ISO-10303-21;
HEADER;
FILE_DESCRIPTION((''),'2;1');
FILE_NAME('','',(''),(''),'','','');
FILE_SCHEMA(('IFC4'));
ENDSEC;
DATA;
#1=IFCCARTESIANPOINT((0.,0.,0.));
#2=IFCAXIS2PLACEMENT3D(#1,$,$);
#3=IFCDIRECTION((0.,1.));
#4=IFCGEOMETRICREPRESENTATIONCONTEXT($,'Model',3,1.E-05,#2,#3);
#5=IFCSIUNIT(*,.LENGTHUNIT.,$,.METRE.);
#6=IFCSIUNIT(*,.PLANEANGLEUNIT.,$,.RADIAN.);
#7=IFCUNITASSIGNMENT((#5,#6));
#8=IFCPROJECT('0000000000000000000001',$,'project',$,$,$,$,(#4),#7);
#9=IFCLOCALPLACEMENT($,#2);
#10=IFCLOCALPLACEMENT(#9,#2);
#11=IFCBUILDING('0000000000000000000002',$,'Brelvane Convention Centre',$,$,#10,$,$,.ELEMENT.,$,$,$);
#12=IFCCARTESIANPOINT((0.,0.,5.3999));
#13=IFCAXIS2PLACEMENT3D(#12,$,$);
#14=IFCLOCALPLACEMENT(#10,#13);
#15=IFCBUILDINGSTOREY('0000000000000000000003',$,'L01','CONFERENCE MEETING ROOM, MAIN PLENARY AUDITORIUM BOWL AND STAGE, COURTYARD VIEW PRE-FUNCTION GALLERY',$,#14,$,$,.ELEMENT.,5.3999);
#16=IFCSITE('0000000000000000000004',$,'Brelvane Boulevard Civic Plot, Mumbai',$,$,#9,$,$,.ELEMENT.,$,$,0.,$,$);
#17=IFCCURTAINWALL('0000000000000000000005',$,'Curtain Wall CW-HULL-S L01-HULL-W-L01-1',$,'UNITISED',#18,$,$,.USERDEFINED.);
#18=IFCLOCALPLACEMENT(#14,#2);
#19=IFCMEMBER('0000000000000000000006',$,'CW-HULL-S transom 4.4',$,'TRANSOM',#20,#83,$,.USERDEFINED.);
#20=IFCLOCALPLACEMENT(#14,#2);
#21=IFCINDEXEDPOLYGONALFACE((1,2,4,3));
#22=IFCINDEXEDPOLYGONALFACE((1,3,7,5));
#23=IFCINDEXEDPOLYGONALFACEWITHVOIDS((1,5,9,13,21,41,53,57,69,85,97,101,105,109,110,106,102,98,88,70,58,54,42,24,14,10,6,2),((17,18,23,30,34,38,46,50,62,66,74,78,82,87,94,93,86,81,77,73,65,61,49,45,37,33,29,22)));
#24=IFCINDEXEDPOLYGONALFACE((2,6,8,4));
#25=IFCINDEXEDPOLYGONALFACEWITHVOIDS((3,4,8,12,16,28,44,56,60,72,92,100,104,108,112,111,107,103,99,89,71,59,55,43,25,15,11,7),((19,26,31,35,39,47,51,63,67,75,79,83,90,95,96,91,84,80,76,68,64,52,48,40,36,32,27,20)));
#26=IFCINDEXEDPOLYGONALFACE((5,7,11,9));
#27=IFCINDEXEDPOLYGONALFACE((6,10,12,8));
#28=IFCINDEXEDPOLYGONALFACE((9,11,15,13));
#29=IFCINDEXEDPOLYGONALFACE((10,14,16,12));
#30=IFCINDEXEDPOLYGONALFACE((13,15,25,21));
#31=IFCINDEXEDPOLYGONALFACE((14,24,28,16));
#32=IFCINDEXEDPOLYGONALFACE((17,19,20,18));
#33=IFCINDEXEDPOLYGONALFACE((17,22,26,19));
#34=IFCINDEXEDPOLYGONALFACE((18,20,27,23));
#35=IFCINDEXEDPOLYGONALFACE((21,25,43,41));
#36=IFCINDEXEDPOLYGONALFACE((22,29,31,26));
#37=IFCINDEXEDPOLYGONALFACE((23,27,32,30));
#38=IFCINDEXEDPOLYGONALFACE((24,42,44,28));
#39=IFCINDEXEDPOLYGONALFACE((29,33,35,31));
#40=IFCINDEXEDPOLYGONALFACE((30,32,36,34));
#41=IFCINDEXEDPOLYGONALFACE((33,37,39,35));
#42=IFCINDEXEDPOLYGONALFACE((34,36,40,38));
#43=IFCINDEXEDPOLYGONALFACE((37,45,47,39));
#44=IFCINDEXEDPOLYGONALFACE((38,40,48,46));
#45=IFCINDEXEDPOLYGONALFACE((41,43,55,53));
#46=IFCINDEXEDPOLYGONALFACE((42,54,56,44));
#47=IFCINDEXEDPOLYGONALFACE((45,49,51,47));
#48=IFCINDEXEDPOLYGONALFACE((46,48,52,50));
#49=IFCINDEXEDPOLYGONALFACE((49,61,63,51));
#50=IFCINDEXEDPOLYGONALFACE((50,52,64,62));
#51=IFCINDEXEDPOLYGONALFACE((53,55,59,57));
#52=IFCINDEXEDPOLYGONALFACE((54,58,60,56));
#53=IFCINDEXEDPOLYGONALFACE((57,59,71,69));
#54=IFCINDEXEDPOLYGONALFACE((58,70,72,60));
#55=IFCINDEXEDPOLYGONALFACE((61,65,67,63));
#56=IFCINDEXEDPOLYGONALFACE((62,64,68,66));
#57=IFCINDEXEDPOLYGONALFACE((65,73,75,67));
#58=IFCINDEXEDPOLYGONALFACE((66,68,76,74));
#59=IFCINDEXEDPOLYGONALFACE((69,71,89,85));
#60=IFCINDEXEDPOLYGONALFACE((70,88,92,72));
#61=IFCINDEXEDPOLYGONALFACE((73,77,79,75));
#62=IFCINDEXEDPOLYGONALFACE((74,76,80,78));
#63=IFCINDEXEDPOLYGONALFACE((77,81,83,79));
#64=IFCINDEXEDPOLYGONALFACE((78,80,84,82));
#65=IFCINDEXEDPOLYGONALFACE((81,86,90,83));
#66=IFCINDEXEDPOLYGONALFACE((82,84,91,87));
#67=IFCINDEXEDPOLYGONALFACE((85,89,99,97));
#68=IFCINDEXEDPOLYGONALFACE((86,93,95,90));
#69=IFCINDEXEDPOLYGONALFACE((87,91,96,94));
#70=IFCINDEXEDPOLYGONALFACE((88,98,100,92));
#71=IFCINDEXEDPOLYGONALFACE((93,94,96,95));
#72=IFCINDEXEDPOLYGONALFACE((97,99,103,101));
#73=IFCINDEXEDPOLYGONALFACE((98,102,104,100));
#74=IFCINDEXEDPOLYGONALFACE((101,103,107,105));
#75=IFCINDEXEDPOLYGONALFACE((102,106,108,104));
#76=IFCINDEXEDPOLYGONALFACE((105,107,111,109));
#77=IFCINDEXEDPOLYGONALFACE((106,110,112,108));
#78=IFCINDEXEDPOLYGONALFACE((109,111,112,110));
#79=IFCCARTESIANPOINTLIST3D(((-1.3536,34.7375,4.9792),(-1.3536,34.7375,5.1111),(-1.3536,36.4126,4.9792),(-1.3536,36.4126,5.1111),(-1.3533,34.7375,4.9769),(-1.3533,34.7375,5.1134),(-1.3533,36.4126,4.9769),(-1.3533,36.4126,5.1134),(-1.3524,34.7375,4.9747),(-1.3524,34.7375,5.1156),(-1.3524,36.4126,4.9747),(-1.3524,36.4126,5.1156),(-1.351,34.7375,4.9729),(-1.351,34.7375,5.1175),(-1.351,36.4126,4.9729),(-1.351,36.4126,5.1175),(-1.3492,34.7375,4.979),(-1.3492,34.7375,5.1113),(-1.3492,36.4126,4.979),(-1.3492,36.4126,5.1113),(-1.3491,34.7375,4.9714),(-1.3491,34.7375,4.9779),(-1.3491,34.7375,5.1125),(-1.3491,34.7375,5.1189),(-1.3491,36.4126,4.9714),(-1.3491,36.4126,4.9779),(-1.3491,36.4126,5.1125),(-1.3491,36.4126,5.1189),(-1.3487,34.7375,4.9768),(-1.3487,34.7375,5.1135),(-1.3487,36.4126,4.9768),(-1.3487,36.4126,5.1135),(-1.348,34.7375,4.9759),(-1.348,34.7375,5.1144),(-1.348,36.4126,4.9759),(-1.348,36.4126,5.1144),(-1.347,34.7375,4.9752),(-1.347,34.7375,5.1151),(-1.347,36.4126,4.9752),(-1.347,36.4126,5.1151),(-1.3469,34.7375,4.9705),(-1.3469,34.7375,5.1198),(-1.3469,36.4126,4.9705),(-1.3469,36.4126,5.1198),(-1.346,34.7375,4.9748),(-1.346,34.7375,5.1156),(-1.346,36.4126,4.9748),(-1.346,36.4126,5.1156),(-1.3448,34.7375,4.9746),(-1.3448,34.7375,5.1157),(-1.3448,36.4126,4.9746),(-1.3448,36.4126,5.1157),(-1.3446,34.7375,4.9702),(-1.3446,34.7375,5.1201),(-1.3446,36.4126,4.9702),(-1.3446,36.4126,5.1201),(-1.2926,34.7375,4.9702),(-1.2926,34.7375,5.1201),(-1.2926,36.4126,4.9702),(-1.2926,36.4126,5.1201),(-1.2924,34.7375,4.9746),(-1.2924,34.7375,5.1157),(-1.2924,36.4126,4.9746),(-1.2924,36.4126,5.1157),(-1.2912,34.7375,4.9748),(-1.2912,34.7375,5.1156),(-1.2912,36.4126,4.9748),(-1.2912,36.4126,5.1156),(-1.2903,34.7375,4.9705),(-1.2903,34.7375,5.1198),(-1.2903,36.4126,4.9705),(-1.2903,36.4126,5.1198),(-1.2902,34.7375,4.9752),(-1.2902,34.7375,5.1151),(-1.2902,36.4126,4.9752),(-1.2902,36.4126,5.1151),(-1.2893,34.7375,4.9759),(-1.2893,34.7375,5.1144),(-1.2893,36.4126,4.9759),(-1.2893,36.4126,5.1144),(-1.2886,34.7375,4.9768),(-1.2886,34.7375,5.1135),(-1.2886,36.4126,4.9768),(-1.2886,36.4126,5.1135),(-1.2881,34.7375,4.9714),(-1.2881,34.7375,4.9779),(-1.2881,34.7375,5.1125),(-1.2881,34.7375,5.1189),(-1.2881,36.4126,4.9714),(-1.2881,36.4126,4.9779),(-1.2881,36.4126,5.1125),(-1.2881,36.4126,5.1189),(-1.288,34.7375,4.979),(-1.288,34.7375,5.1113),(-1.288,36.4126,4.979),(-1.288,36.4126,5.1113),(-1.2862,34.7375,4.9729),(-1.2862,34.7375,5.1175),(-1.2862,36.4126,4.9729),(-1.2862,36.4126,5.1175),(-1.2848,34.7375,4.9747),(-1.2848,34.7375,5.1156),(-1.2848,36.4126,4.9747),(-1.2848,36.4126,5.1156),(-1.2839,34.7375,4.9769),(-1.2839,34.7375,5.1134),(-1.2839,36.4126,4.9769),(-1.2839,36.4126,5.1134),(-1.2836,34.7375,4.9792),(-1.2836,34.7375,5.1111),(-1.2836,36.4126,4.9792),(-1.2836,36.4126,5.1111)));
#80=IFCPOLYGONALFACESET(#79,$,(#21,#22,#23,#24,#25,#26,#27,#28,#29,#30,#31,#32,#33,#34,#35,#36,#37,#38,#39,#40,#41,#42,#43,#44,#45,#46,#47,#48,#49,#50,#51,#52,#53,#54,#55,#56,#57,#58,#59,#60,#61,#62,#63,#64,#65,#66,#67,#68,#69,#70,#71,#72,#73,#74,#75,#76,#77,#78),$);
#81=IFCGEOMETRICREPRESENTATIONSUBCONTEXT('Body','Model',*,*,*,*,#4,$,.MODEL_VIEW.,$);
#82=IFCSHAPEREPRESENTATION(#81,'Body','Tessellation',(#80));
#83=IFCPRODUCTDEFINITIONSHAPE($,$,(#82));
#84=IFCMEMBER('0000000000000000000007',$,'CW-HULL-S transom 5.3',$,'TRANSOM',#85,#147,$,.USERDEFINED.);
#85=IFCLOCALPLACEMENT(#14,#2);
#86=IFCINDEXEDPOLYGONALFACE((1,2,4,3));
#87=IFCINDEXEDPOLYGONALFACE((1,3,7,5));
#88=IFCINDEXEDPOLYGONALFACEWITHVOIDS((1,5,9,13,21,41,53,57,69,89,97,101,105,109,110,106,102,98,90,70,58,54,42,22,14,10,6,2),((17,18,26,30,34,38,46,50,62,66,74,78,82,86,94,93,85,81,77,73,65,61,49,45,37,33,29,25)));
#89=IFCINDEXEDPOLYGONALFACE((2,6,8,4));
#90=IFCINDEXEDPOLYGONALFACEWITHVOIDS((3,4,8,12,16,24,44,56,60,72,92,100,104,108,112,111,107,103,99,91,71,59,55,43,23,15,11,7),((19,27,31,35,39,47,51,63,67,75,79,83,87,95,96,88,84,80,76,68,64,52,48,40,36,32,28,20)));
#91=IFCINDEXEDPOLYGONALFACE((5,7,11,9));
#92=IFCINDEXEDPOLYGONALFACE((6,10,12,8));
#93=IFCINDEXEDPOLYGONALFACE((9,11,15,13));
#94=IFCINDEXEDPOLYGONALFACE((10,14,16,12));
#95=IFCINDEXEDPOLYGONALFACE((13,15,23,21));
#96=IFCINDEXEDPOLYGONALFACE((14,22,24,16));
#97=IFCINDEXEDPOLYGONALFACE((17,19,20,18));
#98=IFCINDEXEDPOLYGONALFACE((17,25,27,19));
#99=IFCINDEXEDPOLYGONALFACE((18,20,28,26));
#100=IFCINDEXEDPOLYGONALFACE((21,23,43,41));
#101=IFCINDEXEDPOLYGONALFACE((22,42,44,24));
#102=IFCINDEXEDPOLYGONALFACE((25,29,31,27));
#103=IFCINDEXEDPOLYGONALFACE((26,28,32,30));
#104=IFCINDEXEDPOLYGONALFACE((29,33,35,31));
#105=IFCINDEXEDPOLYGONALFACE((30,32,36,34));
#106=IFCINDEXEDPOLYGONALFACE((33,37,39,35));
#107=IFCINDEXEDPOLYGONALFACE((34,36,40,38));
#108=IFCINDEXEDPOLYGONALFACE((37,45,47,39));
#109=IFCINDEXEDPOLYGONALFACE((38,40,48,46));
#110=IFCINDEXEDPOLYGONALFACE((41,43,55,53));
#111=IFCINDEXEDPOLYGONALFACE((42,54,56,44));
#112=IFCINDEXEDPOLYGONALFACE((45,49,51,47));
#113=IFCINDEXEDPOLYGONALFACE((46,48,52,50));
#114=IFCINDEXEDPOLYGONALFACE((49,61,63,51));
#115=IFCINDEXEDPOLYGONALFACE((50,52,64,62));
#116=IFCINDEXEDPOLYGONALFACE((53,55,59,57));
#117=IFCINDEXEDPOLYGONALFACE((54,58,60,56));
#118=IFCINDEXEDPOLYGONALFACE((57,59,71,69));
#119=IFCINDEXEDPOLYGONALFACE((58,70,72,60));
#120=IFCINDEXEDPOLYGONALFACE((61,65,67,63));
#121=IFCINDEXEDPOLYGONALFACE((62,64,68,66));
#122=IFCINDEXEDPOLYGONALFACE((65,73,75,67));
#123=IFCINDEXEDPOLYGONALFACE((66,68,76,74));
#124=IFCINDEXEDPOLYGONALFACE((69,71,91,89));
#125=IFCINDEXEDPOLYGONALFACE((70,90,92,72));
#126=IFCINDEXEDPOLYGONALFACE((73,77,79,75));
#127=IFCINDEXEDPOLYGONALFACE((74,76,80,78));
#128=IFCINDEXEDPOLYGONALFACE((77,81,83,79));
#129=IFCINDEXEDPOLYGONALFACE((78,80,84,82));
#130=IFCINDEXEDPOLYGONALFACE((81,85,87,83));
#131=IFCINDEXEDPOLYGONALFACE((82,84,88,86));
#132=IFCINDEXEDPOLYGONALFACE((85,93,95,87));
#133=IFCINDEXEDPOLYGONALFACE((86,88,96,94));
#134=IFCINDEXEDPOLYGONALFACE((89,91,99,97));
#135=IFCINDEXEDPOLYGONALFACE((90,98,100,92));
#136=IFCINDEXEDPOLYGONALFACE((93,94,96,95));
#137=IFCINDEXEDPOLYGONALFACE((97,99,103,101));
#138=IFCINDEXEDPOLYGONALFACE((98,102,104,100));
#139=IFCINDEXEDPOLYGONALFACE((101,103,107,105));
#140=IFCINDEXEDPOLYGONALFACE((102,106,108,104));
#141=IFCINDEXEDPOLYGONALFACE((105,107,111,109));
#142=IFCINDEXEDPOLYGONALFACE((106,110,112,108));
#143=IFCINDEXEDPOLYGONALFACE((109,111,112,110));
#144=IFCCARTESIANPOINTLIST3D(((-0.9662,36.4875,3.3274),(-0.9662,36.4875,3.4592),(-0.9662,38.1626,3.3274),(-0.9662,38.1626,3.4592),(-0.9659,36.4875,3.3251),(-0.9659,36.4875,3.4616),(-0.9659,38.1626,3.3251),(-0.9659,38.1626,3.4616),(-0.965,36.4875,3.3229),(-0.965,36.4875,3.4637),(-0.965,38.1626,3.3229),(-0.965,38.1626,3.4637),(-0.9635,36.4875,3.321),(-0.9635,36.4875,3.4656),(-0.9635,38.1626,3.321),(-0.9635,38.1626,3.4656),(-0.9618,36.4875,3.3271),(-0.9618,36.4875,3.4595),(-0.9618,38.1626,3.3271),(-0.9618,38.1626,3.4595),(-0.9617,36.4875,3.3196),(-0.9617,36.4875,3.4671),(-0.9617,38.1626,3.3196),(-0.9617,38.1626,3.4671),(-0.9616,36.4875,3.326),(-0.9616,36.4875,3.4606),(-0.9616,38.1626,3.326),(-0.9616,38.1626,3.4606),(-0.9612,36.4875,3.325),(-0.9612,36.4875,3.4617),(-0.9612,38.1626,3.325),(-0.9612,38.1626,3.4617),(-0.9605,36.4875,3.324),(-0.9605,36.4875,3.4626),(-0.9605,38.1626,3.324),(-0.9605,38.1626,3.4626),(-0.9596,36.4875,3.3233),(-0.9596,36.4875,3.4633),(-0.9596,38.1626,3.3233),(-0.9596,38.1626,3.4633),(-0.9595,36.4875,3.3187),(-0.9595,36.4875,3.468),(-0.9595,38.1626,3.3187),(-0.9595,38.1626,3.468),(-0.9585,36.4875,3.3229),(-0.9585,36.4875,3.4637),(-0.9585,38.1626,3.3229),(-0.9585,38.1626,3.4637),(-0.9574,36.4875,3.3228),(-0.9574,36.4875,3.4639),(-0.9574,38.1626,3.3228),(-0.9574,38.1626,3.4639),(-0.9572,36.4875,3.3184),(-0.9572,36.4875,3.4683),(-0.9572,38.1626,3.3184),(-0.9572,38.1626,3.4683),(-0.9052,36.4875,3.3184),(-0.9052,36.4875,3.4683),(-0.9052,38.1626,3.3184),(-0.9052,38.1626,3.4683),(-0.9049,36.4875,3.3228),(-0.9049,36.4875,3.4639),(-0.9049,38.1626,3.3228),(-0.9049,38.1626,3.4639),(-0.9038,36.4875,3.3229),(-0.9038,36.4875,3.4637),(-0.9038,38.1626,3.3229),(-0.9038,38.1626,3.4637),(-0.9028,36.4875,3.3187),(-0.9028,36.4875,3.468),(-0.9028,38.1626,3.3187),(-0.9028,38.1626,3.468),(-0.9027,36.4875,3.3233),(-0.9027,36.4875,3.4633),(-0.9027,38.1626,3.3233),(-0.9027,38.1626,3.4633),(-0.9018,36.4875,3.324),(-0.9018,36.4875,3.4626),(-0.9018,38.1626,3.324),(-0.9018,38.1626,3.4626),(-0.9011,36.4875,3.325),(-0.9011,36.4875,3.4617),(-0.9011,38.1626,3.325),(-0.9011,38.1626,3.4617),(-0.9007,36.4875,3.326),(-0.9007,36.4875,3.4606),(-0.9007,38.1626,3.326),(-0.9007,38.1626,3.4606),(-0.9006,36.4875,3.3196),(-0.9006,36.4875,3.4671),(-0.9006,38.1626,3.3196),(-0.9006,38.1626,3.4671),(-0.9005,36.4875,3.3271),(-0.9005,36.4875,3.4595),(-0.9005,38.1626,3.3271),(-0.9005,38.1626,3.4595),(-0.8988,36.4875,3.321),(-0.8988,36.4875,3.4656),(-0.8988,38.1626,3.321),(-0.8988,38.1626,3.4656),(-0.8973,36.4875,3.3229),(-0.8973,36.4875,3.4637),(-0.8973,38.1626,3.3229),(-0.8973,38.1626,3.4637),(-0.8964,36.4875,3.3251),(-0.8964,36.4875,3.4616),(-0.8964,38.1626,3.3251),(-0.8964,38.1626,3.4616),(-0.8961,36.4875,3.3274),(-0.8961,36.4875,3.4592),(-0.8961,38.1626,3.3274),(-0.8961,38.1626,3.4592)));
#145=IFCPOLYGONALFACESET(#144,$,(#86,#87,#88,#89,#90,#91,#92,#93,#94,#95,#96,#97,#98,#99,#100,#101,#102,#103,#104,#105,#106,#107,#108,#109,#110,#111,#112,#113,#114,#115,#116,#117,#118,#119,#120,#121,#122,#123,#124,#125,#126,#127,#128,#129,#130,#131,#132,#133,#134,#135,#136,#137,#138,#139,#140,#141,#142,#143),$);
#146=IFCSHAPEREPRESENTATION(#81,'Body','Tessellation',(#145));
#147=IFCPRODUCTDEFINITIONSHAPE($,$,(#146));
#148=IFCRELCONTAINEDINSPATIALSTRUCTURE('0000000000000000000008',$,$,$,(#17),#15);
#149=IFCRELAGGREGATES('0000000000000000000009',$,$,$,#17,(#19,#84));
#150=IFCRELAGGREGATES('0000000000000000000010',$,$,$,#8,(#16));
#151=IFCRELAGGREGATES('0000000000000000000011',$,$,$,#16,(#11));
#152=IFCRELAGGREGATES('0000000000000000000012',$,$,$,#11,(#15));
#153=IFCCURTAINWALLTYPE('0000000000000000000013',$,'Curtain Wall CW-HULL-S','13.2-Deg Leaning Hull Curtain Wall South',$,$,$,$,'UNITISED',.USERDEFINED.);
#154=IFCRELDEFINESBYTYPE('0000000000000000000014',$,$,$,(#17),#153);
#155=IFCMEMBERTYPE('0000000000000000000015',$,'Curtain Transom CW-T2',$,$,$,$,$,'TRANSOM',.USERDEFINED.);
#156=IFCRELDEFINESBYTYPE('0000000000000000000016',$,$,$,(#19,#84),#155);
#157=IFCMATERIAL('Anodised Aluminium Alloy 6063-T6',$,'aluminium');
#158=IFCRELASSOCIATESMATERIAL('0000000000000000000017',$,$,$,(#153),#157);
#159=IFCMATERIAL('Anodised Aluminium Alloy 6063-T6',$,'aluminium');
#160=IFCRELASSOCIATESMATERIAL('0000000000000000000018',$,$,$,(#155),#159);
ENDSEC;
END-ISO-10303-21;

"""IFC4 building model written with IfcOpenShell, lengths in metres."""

from ifc_helpers import new_model, si_unit, direction, frame, origin, origin_2d, place, context, subcontext, project, spatial, hollow_rectangle, extrude, material, material_profile, profile_set, type_object, element, aggregate, save


model = new_model("IFC4")

# Units and contexts
model_context = context("Model", 3, precision=1e-05, world=origin(), true_north=direction((0.0, 1.0)))
body_context = subcontext(model_context, "Body", "Model", "MODEL_VIEW")
ifc_project = project(units=[si_unit("LENGTHUNIT", "METRE"), si_unit("PLANEANGLEUNIT", "RADIAN")], contexts=[model_context])

# Site, building, storey
site_placement = place(None, origin())
site = spatial("IfcSite", under=ifc_project, at=site_placement, Name="Brelvane Boulevard Civic Plot, Mumbai", CompositionType="ELEMENT", RefElevation=0.0)
building_placement = place(site_placement, origin())
building = spatial("IfcBuilding", under=site, at=building_placement, Name="Brelvane Convention Centre", CompositionType="ELEMENT")
storey_placement = place(building_placement, frame((0.0, 0.0, 5.3999)))
storey = spatial("IfcBuildingStorey", under=building, at=storey_placement, Name="L01", Description="CONFERENCE MEETING ROOM, MAIN PLENARY AUDITORIUM BOWL AND STAGE, COURTYARD VIEW PRE-FUNCTION GALLERY", CompositionType="ELEMENT", Elevation=5.3999)

# Curtain wall, members
ifc_material_1 = material(Name="Anodised Aluminium Alloy 6063-T6", Category="aluminium")
curtain_wall_type = type_object("IfcCurtainWallType", Name="Curtain Wall CW-HULL-S", Description="13.2-Deg Leaning Hull Curtain Wall South", ElementType="UNITISED", PredefinedType="USERDEFINED", material=ifc_material_1)
curtain_wall_placement = place(storey_placement, origin())
curtain_wall = element("IfcCurtainWall", 1, at=curtain_wall_placement, inside=storey, type_object=curtain_wall_type, Name="Curtain Wall CW-HULL-S L01-HULL-W-L01-1", ObjectType="UNITISED", PredefinedType="USERDEFINED")
ifc_material_2 = material(Name="Anodised Aluminium Alloy 6063-T6", Category="aluminium")
ifc_material_profile_1 = material_profile(ifc_material_2, hollow_rectangle(XDim=0.0701, YDim=0.1499, WallThickness=0.0044, InnerFilletRadius=0.0044, OuterFilletRadius=0.009, at=origin_2d()), Name="ALU-T 150x70x4.5")
ifc_profile_set_1 = profile_set([ifc_material_profile_1], Name="Anodised Aluminium Alloy 6063-T6")
member_type_1 = type_object("IfcMemberType", Name="Curtain Transom CW-T2", ElementType="TRANSOM", PredefinedType="USERDEFINED", material=ifc_profile_set_1)
member_1_placement = place(storey_placement, frame((-1.3186, 34.7375, 5.0452), z_axis=(0.0, 1.0, 0.0), x_axis=(-1.0, 0.0, 0.0)))
member_1 = element("IfcMember", 2, at=member_1_placement, type_object=member_type_1, Name="CW-HULL-S transom 4.4", ObjectType="TRANSOM", PredefinedType="USERDEFINED", context=body_context, shape_type="SweptSolid", body=[
    extrude(hollow_rectangle(XDim=0.0701, YDim=0.1499, WallThickness=0.0044, InnerFilletRadius=0.0044, OuterFilletRadius=0.009, at=origin_2d()), origin(), (0.0, 0.0, 1.0), 1.675),
])
member_2_placement = place(storey_placement, frame((-0.9312, 36.4875, 3.3933), z_axis=(0.0, 1.0, 0.0), x_axis=(-1.0, 0.0, 0.0)))
member_2 = element("IfcMember", 3, at=member_2_placement, type_object=member_type_1, Name="CW-HULL-S transom 5.3", ObjectType="TRANSOM", PredefinedType="USERDEFINED", context=body_context, shape_type="SweptSolid", body=[
    extrude(hollow_rectangle(XDim=0.0701, YDim=0.1499, WallThickness=0.0044, InnerFilletRadius=0.0044, OuterFilletRadius=0.009, at=origin_2d()), origin(), (0.0, 0.0, 1.0), 1.675),
])
aggregate(curtain_wall, [member_1, member_2])

save(model, "model.ifc")
